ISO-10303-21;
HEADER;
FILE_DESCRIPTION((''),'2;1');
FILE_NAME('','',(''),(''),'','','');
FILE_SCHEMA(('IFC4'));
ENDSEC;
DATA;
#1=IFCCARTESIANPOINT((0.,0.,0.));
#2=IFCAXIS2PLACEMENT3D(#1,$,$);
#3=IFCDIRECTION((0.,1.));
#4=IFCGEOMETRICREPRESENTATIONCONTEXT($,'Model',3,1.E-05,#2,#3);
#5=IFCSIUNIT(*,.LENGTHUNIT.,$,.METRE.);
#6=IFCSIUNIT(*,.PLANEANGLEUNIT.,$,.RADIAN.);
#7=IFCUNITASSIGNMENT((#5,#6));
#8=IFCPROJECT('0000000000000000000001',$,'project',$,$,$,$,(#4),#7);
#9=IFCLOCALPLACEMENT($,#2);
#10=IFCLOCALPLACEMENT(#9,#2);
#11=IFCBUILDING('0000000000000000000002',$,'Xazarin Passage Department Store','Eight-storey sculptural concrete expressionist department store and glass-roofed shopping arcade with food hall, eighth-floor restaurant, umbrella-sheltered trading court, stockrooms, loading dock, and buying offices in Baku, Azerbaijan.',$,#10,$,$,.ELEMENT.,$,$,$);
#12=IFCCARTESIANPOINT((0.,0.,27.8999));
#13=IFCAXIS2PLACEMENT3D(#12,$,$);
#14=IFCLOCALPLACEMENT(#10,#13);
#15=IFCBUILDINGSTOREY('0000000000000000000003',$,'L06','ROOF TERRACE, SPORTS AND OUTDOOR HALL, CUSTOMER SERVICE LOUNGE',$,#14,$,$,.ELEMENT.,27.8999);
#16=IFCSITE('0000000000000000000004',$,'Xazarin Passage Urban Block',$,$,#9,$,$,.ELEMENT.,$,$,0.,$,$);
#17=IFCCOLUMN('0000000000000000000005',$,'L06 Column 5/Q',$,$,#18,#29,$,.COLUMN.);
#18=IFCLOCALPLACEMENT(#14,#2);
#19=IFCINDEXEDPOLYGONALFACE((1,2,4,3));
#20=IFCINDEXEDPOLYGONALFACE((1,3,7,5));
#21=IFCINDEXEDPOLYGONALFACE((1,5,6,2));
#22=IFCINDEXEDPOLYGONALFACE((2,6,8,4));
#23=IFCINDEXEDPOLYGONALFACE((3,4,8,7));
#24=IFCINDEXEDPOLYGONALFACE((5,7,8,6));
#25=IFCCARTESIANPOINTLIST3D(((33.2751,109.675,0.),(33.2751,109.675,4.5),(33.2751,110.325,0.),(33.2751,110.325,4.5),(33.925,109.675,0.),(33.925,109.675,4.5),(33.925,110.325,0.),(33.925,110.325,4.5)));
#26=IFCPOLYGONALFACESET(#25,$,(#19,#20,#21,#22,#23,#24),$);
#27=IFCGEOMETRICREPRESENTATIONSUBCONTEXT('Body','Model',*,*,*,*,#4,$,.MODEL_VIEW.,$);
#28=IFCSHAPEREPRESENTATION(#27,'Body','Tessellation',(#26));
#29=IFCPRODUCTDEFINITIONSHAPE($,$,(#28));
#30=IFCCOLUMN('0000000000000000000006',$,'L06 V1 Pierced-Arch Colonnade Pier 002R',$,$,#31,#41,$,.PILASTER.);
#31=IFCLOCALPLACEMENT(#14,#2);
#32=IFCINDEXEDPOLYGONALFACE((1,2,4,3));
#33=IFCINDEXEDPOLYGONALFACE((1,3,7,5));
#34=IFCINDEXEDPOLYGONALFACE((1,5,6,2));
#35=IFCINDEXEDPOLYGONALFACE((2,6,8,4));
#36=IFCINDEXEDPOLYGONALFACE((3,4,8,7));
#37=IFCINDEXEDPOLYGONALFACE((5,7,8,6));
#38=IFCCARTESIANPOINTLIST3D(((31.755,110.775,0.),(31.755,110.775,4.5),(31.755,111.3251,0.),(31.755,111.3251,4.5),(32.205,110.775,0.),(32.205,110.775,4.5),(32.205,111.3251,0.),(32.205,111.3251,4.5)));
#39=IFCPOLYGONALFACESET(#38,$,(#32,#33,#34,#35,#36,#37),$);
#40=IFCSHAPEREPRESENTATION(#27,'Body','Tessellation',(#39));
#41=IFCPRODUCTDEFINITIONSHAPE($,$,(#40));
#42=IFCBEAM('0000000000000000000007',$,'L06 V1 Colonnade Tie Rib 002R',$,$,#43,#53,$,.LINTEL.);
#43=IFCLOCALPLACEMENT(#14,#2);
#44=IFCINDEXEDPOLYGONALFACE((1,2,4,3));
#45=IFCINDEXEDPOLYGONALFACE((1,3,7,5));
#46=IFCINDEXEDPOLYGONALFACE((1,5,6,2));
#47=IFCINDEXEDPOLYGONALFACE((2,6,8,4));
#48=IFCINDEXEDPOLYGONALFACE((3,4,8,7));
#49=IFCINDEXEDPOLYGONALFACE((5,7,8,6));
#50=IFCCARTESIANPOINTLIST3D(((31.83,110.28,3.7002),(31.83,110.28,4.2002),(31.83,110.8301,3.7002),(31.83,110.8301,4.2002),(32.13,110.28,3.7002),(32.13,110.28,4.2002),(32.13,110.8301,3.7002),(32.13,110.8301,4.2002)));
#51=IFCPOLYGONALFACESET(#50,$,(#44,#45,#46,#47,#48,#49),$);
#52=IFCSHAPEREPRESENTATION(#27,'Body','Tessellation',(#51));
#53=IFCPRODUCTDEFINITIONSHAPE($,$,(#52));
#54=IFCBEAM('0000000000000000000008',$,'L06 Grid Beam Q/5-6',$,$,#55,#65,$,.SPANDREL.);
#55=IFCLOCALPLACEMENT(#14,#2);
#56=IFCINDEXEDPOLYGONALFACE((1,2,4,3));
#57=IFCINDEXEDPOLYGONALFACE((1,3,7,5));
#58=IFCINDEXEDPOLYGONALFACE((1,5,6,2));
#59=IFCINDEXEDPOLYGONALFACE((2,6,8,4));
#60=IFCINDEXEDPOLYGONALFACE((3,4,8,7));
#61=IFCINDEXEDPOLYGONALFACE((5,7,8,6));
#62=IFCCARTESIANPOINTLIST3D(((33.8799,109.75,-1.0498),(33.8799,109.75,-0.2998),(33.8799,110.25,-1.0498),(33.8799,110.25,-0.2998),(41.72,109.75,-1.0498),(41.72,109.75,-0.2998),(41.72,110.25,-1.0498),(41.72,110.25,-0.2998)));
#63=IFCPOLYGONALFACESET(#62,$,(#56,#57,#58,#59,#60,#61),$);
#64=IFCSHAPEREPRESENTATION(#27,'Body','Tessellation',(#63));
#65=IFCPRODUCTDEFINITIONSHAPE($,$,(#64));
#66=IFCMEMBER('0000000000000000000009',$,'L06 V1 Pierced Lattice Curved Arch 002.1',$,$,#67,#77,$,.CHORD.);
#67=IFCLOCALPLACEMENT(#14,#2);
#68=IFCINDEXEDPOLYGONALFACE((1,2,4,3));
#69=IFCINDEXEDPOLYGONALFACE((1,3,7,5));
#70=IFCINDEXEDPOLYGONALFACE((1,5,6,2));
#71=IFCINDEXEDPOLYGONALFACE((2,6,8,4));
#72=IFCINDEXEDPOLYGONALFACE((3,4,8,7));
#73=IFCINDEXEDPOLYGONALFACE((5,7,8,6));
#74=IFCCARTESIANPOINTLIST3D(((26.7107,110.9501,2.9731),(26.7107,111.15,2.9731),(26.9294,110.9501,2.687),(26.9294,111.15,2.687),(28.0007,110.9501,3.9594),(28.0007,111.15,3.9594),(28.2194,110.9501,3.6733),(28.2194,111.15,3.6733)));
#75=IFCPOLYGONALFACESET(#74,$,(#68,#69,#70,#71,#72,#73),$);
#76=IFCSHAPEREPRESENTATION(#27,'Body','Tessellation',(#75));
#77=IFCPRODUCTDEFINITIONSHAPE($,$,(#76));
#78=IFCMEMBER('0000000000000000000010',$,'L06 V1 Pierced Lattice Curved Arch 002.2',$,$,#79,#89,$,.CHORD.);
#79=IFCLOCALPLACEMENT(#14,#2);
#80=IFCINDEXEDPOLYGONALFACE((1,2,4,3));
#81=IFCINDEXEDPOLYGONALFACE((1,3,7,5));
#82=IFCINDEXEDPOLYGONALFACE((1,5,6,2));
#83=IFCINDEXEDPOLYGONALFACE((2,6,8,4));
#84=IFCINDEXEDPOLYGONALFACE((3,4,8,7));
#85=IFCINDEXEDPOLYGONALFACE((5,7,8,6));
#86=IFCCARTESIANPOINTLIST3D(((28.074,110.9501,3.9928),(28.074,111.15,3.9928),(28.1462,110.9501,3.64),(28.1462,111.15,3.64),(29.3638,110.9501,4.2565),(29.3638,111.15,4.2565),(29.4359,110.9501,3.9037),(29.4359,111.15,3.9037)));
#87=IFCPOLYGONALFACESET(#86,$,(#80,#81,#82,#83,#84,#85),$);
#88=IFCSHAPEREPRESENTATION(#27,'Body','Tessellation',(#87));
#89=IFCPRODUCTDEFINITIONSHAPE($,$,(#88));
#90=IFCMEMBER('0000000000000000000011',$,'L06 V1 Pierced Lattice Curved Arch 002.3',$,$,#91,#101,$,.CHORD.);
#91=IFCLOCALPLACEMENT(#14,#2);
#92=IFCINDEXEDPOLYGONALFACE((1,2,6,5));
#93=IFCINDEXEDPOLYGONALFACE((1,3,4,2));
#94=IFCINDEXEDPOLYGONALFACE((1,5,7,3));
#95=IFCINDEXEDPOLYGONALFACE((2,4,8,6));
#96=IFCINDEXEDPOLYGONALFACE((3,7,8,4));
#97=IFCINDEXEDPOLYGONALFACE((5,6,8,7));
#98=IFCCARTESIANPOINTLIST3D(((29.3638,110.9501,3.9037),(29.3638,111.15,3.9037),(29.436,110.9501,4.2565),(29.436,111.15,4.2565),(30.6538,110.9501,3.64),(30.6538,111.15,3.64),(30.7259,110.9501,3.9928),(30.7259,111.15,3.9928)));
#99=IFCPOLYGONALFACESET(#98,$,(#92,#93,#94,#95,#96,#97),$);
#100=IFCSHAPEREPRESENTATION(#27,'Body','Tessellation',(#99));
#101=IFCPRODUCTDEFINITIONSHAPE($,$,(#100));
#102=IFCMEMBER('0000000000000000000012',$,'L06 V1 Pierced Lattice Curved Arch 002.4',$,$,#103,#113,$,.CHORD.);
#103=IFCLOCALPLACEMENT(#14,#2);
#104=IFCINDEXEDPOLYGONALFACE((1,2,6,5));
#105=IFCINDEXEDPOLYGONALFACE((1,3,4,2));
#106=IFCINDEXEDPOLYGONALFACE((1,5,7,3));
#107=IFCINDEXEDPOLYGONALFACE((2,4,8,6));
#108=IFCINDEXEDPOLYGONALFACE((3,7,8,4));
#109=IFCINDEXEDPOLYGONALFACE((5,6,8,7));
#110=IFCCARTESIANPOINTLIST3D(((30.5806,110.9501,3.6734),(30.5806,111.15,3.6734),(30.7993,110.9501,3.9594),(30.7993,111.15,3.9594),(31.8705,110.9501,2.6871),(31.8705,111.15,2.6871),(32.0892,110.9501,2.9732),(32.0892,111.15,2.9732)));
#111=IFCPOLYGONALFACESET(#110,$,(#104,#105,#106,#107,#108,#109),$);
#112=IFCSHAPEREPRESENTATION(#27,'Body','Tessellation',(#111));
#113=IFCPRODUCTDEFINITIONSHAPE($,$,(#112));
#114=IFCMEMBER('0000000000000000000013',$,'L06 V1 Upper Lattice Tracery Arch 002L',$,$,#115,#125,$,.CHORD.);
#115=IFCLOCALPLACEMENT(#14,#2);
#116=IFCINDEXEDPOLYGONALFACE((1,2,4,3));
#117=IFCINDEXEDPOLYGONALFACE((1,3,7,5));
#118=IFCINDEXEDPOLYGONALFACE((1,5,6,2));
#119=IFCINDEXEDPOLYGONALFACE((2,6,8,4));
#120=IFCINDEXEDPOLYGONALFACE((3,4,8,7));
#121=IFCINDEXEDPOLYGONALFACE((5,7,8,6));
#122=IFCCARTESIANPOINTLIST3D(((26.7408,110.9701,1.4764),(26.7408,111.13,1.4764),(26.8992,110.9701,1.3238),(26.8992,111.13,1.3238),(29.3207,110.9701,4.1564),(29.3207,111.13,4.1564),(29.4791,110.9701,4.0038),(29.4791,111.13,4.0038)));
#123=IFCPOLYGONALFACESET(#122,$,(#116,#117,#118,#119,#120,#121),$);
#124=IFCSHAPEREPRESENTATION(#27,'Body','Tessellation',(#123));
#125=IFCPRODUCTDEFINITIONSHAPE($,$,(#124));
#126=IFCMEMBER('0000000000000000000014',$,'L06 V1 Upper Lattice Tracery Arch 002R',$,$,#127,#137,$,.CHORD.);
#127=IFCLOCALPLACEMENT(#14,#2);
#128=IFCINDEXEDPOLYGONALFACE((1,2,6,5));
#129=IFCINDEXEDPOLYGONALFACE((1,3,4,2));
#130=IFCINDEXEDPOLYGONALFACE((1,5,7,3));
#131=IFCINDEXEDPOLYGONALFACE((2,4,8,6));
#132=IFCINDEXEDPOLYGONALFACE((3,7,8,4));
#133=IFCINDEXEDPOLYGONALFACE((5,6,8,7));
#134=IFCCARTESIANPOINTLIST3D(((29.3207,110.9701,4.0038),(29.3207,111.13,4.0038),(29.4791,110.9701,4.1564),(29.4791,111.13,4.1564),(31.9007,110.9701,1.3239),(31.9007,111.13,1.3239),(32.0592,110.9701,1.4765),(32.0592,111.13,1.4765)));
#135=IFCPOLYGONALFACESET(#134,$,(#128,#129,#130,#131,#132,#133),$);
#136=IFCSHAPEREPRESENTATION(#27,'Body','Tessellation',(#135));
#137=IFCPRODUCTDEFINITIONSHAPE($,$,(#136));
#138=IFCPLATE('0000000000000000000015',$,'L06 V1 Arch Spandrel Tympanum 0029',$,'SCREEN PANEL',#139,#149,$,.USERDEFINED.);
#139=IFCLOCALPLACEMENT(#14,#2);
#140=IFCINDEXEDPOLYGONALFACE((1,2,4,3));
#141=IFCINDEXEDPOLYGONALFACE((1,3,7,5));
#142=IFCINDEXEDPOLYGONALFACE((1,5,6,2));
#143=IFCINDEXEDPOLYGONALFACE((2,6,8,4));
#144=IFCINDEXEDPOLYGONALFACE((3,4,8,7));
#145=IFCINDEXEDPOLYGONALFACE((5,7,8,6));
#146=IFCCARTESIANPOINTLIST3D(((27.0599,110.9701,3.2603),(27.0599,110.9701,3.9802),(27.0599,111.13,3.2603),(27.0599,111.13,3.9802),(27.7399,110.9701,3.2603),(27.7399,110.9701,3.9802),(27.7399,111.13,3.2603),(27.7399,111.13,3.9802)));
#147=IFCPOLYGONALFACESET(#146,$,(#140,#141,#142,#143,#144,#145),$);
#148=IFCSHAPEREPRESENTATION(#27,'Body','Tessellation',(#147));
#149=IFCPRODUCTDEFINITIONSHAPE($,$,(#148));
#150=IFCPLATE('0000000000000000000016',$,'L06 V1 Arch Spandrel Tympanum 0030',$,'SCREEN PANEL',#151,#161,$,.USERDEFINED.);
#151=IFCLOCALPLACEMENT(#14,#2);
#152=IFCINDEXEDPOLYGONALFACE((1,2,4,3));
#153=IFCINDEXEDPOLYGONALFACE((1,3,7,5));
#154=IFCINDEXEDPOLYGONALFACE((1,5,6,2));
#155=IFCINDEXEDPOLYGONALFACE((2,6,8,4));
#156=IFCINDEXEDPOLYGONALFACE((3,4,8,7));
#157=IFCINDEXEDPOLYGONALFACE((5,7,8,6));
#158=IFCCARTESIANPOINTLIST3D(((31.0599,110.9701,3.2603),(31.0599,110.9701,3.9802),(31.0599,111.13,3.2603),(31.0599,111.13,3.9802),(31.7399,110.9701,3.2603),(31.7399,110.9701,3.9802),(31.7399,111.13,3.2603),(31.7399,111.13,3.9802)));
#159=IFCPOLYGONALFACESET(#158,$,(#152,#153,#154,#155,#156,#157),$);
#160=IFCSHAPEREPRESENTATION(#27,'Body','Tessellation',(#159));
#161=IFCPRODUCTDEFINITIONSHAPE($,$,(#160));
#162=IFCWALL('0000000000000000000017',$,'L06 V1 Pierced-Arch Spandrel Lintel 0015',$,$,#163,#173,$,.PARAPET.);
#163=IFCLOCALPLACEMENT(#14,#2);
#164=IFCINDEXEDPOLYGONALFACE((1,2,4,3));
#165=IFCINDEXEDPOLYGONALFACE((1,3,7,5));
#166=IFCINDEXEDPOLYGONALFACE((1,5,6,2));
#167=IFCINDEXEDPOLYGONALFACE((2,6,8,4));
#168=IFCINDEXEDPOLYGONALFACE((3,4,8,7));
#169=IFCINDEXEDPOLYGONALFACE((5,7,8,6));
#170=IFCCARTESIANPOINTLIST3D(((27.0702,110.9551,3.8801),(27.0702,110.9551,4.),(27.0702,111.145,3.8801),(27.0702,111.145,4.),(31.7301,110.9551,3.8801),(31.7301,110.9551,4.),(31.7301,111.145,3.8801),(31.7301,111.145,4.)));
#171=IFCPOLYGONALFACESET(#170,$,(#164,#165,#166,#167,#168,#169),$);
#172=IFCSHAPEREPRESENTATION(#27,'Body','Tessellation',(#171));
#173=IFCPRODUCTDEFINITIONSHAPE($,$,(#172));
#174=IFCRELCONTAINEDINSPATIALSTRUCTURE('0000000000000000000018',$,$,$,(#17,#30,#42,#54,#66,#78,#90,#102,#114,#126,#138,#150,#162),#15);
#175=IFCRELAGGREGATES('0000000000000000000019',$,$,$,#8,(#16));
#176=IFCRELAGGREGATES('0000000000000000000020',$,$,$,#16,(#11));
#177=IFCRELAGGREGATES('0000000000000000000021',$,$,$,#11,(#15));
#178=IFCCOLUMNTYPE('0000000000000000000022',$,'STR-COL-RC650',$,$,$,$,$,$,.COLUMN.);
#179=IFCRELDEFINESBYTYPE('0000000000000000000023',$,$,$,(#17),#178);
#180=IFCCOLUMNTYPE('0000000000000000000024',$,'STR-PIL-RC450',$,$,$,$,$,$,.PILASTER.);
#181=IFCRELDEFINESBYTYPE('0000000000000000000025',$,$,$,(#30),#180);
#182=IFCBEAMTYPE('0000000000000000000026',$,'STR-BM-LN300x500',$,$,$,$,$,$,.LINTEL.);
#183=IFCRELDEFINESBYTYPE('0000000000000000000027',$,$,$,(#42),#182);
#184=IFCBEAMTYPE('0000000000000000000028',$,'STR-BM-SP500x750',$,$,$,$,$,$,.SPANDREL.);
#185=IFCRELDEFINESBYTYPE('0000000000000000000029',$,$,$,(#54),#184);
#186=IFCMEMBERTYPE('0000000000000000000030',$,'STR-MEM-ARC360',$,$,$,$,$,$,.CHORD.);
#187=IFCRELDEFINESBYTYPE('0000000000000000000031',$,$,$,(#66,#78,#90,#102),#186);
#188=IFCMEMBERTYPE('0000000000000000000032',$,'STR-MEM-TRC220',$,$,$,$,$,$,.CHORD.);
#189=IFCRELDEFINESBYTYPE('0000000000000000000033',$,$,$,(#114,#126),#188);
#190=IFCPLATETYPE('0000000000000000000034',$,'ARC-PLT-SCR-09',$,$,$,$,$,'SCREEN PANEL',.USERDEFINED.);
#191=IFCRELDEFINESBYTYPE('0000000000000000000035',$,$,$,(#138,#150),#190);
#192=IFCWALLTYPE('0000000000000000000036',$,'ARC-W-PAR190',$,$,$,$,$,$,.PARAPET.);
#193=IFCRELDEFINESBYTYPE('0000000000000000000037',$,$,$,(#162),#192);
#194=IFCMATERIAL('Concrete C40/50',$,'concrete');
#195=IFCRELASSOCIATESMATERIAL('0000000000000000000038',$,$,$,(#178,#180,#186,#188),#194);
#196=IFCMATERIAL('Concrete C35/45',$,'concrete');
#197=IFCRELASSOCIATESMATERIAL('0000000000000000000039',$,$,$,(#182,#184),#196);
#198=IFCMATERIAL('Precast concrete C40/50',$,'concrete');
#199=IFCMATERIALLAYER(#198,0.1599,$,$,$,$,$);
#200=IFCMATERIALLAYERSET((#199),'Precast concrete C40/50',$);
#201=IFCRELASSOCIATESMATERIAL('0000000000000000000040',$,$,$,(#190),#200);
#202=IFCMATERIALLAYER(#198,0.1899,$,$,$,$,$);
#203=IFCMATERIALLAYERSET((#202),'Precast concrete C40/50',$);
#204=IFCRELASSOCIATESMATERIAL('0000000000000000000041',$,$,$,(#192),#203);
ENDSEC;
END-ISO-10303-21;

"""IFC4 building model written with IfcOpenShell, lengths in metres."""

from ifc_helpers import new_model, si_unit, direction, frame, frame_2d, origin, origin_2d, place, context, subcontext, project, spatial, rectangle, extrude, material, layer, layer_set, material_profile, profile_set, type_object, element, save


model = new_model("IFC4")

# Units and contexts
model_context = context("Model", 3, precision=1e-05, world=origin(), true_north=direction((0.0, 1.0)))
body_context = subcontext(model_context, "Body", "Model", "MODEL_VIEW")
ifc_project = project(units=[si_unit("LENGTHUNIT", "METRE"), si_unit("PLANEANGLEUNIT", "RADIAN")], contexts=[model_context])

# Site, building, storey
site_placement = place(None, origin())
site = spatial("IfcSite", under=ifc_project, at=site_placement, Name="Xazarin Passage Urban Block", CompositionType="ELEMENT", RefElevation=0.0)
building_placement = place(site_placement, origin())
building = spatial("IfcBuilding", under=site, at=building_placement, Name="Xazarin Passage Department Store", Description="Eight-storey sculptural concrete expressionist department store and glass-roofed shopping arcade with food hall, eighth-floor restaurant, umbrella-sheltered trading court, stockrooms, loading dock, and buying offices in Baku, Azerbaijan.", CompositionType="ELEMENT")
storey_placement = place(building_placement, frame((0.0, 0.0, 27.8999)))
storey = spatial("IfcBuildingStorey", under=building, at=storey_placement, Name="L06", Description="ROOF TERRACE, SPORTS AND OUTDOOR HALL, CUSTOMER SERVICE LOUNGE", CompositionType="ELEMENT", Elevation=27.8999)

# Columns
ifc_material_1 = material(Name="Concrete C40/50", Category="concrete")
ifc_material_profile_1 = material_profile(ifc_material_1, rectangle(XDim=0.6499, YDim=0.6499, at=origin_2d()), Name="RC 650x650")
ifc_profile_set_1 = profile_set([ifc_material_profile_1], Name="Concrete C40/50")
column_type_1 = type_object("IfcColumnType", Name="STR-COL-RC650", PredefinedType="COLUMN", material=ifc_profile_set_1)
column_1_placement = place(storey_placement, frame((33.6001, 110.0, 0.0), z_axis=(0.0, 0.0, 1.0), x_axis=(1.0, 0.0, 0.0)))
element("IfcColumn", 1, at=column_1_placement, inside=storey, type_object=column_type_1, Name="L06 Column 5/Q", PredefinedType="COLUMN", context=body_context, shape_type="SweptSolid", body=[
    extrude(rectangle(XDim=0.6499, YDim=0.6499, at=origin_2d()), origin(), (0.0, 0.0, 1.0), 4.5),
])
ifc_material_profile_2 = material_profile(ifc_material_1, rectangle(XDim=0.45, YDim=0.55, at=origin_2d()), Name="RC 450x550")
ifc_profile_set_2 = profile_set([ifc_material_profile_2], Name="Concrete C40/50")
column_type_2 = type_object("IfcColumnType", Name="STR-PIL-RC450", PredefinedType="PILASTER", material=ifc_profile_set_2)
column_2_placement = place(storey_placement, frame((31.98, 111.05, 0.0), z_axis=(0.0, 0.0, 1.0), x_axis=(1.0, 0.0, 0.0)))
element("IfcColumn", 2, at=column_2_placement, inside=storey, type_object=column_type_2, Name="L06 V1 Pierced-Arch Colonnade Pier 002R", PredefinedType="PILASTER", context=body_context, shape_type="SweptSolid", body=[
    extrude(rectangle(XDim=0.45, YDim=0.55, at=origin_2d()), origin(), (0.0, 0.0, 1.0), 4.5),
])

# Beams
ifc_material_2 = material(Name="Concrete C35/45", Category="concrete")
ifc_material_profile_3 = material_profile(ifc_material_2, rectangle(XDim=0.3, YDim=0.5, at=origin_2d()), Name="RC 300x500")
ifc_profile_set_3 = profile_set([ifc_material_profile_3], Name="Concrete C35/45")
beam_type_1 = type_object("IfcBeamType", Name="STR-BM-LN300x500", PredefinedType="LINTEL", material=ifc_profile_set_3)
beam_1_placement = place(storey_placement, frame((31.98, 110.28, 3.9502), z_axis=(0.0, 1.0, 0.0), x_axis=(-1.0, 0.0, 0.0)))
element("IfcBeam", 3, at=beam_1_placement, inside=storey, type_object=beam_type_1, Name="L06 V1 Colonnade Tie Rib 002R", PredefinedType="LINTEL", context=body_context, shape_type="SweptSolid", body=[
    extrude(rectangle(XDim=0.3, YDim=0.5, at=origin_2d()), origin(), (0.0, 0.0, 1.0), 0.55),
])
ifc_material_profile_4 = material_profile(ifc_material_2, rectangle(XDim=0.5, YDim=0.75, at=origin_2d()), Name="RC 500x750")
ifc_profile_set_4 = profile_set([ifc_material_profile_4], Name="Concrete C35/45")
beam_type_2 = type_object("IfcBeamType", Name="STR-BM-SP500x750", PredefinedType="SPANDREL", material=ifc_profile_set_4)
beam_2_placement = place(storey_placement, frame((33.8799, 110.0, -0.6748), z_axis=(1.0, 0.0, 0.0), x_axis=(0.0, 1.0, 0.0)))
element("IfcBeam", 4, at=beam_2_placement, inside=storey, type_object=beam_type_2, Name="L06 Grid Beam Q/5-6", PredefinedType="SPANDREL", context=body_context, shape_type="SweptSolid", body=[
    extrude(rectangle(XDim=0.5, YDim=0.75, at=origin_2d()), origin(), (0.0, 0.0, 1.0), 7.8401),
])

# Members
ifc_material_profile_5 = material_profile(ifc_material_1, rectangle(XDim=0.2, YDim=0.3601, at=origin_2d()), Name="RC 200x360")
ifc_profile_set_5 = profile_set([ifc_material_profile_5], Name="Concrete C40/50")
member_type_1 = type_object("IfcMemberType", Name="STR-MEM-ARC360", PredefinedType="CHORD", material=ifc_profile_set_5)
member_1_placement = place(storey_placement, frame((26.8201, 111.05, 2.8301), z_axis=(0.794409, 0.0, 0.607383), x_axis=(0.0, 1.0, 0.0)))
element("IfcMember", 5, at=member_1_placement, inside=storey, type_object=member_type_1, Name="L06 V1 Pierced Lattice Curved Arch 002.1", PredefinedType="CHORD", context=body_context, shape_type="SweptSolid", body=[
    extrude(rectangle(XDim=0.2, YDim=0.3601, at=origin_2d()), origin(), (0.0, 0.0, 1.0), 1.6238),
])
member_2_placement = place(storey_placement, frame((28.1101, 111.05, 3.8164), z_axis=(0.979737, 0.0, 0.200287), x_axis=(0.0, 1.0, 0.0)))
element("IfcMember", 6, at=member_2_placement, inside=storey, type_object=member_type_1, Name="L06 V1 Pierced Lattice Curved Arch 002.2", PredefinedType="CHORD", context=body_context, shape_type="SweptSolid", body=[
    extrude(rectangle(XDim=0.2, YDim=0.3601, at=origin_2d()), origin(), (0.0, 0.0, 1.0), 1.3164),
])
member_3_placement = place(storey_placement, frame((29.3999, 111.05, 4.0801), z_axis=(0.979745, 0.0, -0.200251), x_axis=(0.0, 1.0, 0.0)))
element("IfcMember", 7, at=member_3_placement, inside=storey, type_object=member_type_1, Name="L06 V1 Pierced Lattice Curved Arch 002.3", PredefinedType="CHORD", context=body_context, shape_type="SweptSolid", body=[
    extrude(rectangle(XDim=0.2, YDim=0.3601, at=origin_2d()), origin(), (0.0, 0.0, 1.0), 1.3167),
])
member_4_placement = place(storey_placement, frame((30.6899, 111.05, 3.8164), z_axis=(0.794409, 0.0, -0.607383), x_axis=(0.0, 1.0, 0.0)))
element("IfcMember", 8, at=member_4_placement, inside=storey, type_object=member_type_1, Name="L06 V1 Pierced Lattice Curved Arch 002.4", PredefinedType="CHORD", context=body_context, shape_type="SweptSolid", body=[
    extrude(rectangle(XDim=0.2, YDim=0.3601, at=origin_2d()), origin(), (0.0, 0.0, 1.0), 1.6238),
])
ifc_material_profile_6 = material_profile(ifc_material_1, rectangle(XDim=0.1599, YDim=0.22, at=origin_2d()), Name="RC 160x220")
ifc_profile_set_6 = profile_set([ifc_material_profile_6], Name="Concrete C40/50")
member_type_2 = type_object("IfcMemberType", Name="STR-MEM-TRC220", PredefinedType="CHORD", material=ifc_profile_set_6)
for number, where, z_axis, x_axis, name in (
    (9, (29.3999, 111.05, 4.0801), (-0.693524, 0.0, -0.720433), (0.0, -1.0, 0.0), "L06 V1 Upper Lattice Tracery Arch 002L"),
    (10, (29.3999, 111.05, 4.0801), (0.693558, 0.0, -0.7204), (0.0, 1.0, 0.0), "L06 V1 Upper Lattice Tracery Arch 002R"),
):
    element("IfcMember", number, at=place(storey_placement, frame(where, z_axis=z_axis, x_axis=x_axis)), inside=storey, type_object=member_type_2, Name=name, PredefinedType="CHORD", context=body_context, shape_type="SweptSolid", body=[
        extrude(rectangle(XDim=0.1599, YDim=0.22, at=origin_2d()), origin(), (0.0, 0.0, 1.0), 3.72),
    ])

# Plates
ifc_material_3 = material(Name="Precast concrete C40/50", Category="concrete")
ifc_layer_1 = layer(ifc_material_3, 0.1599)
ifc_layer_set_1 = layer_set([ifc_layer_1], Name="Precast concrete C40/50")
plate_type = type_object("IfcPlateType", Name="ARC-PLT-SCR-09", ElementType="SCREEN PANEL", PredefinedType="USERDEFINED", material=ifc_layer_set_1)
for number, where, z_axis, x_axis, name in (
    (11, (27.3999, 111.05, 3.2603), (0.0, 0.0, 1.0), (1.0, 0.0, 0.0), "L06 V1 Arch Spandrel Tympanum 0029"),
    (12, (31.3999, 111.05, 3.2603), (0.0, 0.0, 1.0), (1.0, 0.0, 0.0), "L06 V1 Arch Spandrel Tympanum 0030"),
):
    element("IfcPlate", number, at=place(storey_placement, frame(where, z_axis=z_axis, x_axis=x_axis)), inside=storey, type_object=plate_type, Name=name, ObjectType="SCREEN PANEL", PredefinedType="USERDEFINED", context=body_context, shape_type="SweptSolid", body=[
        extrude(rectangle(XDim=0.6799, YDim=0.1599, at=origin_2d()), origin(), (0.0, 0.0, 1.0), 0.72),
    ])

# Wall
ifc_layer_2 = layer(ifc_material_3, 0.1899)
ifc_layer_set_2 = layer_set([ifc_layer_2], Name="Precast concrete C40/50")
wall_type = type_object("IfcWallType", Name="ARC-W-PAR190", PredefinedType="PARAPET", material=ifc_layer_set_2)
wall_placement = place(storey_placement, frame((27.0701, 111.05, 3.8801), z_axis=(0.0, 0.0, 1.0), x_axis=(1.0, 0.0, 0.0)))
element("IfcWall", 13, at=wall_placement, inside=storey, type_object=wall_type, Name="L06 V1 Pierced-Arch Spandrel Lintel 0015", PredefinedType="PARAPET", context=body_context, shape_type="SweptSolid", body=[
    extrude(rectangle(XDim=4.6599, YDim=0.1899, at=frame_2d((2.3301, 0.0))), origin(), (0.0, 0.0, 1.0), 0.1199),
])

save(model, "model.ifc")
